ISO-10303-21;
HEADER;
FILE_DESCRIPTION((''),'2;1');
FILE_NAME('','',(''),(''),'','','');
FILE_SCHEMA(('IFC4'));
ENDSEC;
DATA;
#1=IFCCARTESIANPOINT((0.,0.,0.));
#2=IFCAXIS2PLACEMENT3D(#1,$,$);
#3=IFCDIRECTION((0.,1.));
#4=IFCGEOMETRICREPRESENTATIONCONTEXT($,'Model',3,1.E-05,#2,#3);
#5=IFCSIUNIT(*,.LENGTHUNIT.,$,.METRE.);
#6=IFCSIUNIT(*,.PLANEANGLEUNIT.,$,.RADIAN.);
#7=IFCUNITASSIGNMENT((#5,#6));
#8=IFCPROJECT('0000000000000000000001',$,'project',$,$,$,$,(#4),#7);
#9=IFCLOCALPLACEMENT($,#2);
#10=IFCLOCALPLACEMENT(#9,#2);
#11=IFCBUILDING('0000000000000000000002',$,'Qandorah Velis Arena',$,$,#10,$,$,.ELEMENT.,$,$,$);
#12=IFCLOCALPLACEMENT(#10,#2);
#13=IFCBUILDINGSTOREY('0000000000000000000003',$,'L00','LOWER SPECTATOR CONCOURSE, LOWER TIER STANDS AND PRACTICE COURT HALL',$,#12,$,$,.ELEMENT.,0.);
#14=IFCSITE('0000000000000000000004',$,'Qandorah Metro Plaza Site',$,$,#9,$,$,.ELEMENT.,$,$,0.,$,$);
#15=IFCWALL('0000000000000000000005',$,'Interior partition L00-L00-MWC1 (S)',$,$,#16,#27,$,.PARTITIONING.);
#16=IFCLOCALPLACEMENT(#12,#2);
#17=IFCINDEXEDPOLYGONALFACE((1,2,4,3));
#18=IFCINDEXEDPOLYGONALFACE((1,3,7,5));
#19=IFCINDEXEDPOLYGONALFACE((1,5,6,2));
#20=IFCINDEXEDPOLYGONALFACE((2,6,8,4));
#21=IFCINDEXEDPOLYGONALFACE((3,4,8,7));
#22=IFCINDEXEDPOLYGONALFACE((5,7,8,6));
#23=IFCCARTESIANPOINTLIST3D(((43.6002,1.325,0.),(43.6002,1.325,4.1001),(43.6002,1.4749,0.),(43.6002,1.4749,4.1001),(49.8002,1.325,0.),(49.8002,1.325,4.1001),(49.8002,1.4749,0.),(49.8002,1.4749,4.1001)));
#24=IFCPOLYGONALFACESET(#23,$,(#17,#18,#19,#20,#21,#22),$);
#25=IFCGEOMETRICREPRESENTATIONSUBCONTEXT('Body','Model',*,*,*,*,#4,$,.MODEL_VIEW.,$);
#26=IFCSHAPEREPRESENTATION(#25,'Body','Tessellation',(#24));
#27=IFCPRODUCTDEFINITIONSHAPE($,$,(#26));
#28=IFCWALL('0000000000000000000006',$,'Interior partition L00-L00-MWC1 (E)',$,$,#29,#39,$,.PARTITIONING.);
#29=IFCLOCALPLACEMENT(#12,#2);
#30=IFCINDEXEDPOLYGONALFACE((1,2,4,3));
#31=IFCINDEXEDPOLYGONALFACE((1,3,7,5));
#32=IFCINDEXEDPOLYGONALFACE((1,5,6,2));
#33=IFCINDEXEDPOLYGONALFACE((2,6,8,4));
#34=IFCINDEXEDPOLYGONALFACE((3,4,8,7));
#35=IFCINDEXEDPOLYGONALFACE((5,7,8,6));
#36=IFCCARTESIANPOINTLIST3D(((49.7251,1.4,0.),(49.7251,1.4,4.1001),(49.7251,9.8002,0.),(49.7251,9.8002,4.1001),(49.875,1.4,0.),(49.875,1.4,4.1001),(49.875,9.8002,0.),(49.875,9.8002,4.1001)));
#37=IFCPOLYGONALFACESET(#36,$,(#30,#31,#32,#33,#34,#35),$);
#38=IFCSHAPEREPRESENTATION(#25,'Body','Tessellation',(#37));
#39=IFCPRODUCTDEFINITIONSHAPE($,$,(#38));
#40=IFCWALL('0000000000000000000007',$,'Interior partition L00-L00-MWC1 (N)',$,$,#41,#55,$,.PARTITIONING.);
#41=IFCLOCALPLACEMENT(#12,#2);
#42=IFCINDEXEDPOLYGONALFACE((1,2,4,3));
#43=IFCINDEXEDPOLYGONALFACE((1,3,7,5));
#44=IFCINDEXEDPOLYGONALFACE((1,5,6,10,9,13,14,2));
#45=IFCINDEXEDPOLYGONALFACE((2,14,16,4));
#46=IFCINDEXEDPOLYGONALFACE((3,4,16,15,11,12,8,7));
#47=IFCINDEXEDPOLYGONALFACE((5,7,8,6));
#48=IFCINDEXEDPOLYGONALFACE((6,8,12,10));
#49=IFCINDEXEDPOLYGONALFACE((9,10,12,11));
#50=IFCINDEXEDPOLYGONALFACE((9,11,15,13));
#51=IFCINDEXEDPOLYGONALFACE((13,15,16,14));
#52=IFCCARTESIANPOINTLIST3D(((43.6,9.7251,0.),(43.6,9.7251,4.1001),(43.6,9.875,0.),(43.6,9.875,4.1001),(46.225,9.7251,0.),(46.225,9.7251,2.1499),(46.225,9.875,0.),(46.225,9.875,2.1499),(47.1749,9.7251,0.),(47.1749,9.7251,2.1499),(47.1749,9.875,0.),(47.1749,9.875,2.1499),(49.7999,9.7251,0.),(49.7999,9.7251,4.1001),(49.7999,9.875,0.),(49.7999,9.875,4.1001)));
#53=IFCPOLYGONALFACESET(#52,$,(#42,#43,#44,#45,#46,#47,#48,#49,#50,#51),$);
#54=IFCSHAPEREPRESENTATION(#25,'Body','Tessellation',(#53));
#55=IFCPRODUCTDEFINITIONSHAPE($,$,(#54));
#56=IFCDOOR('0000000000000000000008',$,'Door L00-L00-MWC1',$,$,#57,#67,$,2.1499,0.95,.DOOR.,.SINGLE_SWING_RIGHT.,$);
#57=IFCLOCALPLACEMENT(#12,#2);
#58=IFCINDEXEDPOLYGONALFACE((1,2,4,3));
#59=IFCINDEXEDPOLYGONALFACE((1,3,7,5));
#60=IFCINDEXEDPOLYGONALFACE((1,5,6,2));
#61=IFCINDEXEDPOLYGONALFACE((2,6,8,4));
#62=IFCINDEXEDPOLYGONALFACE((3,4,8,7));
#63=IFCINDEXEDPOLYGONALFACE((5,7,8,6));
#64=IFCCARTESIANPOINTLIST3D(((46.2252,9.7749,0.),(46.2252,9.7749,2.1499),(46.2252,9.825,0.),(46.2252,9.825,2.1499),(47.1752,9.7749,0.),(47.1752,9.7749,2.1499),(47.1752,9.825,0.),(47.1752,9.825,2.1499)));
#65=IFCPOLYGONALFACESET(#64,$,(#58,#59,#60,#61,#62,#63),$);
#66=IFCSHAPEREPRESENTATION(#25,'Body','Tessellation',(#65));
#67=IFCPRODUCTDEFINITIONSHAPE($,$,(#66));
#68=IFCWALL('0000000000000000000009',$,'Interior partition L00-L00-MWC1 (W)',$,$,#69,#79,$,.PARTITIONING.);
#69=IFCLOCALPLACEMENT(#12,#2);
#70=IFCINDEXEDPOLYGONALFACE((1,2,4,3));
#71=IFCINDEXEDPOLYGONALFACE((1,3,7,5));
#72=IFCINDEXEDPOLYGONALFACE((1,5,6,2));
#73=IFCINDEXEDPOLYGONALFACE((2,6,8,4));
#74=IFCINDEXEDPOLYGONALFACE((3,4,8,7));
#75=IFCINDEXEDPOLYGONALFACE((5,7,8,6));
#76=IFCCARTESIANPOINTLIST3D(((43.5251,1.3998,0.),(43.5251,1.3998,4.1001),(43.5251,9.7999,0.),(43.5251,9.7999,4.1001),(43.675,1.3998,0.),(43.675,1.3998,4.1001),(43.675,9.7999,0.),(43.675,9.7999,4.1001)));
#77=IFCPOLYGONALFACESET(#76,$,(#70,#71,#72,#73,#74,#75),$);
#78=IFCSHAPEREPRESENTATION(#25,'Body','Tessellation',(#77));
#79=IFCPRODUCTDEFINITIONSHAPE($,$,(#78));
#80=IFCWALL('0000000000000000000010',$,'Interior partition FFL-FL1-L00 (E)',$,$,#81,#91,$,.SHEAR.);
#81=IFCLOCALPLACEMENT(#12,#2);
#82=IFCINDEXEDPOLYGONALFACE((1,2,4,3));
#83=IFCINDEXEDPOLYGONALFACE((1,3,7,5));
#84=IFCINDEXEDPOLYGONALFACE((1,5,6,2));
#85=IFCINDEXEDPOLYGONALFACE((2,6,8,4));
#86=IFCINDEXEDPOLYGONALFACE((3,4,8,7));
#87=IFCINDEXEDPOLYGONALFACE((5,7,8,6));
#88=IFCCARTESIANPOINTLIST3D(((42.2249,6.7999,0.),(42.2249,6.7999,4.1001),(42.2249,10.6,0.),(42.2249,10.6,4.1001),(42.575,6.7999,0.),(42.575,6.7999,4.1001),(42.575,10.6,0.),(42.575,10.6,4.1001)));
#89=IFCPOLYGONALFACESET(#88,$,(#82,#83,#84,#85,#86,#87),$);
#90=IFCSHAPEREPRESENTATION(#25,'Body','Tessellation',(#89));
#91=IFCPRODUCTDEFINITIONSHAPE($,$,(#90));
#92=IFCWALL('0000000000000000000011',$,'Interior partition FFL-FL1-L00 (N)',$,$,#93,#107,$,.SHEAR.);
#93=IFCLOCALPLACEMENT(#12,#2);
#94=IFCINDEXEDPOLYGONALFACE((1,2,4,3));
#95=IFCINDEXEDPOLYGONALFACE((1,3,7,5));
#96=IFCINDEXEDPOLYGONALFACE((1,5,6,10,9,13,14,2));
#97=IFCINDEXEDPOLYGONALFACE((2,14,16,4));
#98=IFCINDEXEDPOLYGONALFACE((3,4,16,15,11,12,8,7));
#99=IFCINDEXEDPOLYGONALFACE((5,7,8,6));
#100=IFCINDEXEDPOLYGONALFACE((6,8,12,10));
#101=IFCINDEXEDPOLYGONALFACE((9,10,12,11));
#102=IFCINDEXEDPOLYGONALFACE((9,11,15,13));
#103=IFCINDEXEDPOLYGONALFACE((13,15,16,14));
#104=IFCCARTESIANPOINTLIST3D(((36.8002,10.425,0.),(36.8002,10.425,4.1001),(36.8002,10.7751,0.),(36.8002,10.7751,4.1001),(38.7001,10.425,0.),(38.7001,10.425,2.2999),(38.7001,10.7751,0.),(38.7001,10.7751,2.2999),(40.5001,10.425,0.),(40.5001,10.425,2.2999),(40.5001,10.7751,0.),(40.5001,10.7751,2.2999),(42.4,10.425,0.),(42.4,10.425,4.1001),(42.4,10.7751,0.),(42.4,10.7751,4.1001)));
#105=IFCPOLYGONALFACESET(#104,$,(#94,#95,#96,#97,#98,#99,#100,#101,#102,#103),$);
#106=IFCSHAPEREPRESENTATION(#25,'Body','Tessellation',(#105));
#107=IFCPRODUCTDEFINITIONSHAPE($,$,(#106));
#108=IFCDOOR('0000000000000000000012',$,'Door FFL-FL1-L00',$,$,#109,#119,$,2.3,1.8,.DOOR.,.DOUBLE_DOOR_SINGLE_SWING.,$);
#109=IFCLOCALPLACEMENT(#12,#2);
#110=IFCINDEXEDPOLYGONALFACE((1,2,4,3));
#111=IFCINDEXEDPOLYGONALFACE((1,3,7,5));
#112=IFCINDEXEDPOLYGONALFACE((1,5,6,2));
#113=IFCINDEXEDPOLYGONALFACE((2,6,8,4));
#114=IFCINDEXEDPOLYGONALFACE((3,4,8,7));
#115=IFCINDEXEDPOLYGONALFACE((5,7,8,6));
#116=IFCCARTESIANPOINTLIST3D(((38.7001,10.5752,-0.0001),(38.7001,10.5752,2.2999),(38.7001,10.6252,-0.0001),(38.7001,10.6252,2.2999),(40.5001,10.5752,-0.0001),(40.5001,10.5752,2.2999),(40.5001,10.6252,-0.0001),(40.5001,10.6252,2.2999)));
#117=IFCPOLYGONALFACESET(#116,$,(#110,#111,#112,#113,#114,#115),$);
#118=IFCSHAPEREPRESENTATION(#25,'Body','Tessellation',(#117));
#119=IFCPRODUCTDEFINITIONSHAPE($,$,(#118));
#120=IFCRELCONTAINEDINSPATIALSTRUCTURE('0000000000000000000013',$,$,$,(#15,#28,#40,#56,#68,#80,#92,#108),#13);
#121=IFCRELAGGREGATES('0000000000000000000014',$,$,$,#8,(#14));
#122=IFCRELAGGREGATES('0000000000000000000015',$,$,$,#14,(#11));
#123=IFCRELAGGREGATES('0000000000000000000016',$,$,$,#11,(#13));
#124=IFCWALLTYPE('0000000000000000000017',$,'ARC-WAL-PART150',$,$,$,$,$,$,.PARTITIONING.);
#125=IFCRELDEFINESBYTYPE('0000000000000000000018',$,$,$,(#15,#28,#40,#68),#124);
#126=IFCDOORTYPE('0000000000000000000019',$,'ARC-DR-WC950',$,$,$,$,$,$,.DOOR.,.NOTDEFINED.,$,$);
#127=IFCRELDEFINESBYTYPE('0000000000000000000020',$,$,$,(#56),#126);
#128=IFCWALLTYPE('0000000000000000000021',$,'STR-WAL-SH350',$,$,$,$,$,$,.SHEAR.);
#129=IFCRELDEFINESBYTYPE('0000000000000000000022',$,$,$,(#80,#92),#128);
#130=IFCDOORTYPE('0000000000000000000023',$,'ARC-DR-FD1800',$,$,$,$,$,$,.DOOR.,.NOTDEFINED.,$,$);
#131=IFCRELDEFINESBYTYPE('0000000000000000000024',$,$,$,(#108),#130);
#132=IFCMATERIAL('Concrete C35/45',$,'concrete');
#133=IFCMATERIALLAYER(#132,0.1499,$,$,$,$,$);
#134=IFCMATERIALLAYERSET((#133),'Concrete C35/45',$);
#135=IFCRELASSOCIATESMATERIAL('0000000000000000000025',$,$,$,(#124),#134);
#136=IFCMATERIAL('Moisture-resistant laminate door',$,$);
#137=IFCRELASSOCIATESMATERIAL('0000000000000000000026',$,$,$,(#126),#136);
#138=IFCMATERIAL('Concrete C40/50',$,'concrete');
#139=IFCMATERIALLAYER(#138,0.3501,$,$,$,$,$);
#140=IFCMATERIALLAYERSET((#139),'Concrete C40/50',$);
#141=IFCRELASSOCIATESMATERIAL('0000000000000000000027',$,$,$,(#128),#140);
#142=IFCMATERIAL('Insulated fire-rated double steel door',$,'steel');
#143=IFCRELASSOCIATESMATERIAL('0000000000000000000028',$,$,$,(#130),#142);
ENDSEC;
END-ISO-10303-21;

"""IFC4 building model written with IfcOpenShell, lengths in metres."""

from ifc_helpers import new_model, si_unit, direction, frame, frame_2d, origin, place, context, subcontext, project, spatial, rectangle, extrude, material, layer, layer_set, type_object, element, fill, save


model = new_model("IFC4")

# Units and contexts
model_context = context("Model", 3, precision=1e-05, world=origin(), true_north=direction((0.0, 1.0)))
body_context = subcontext(model_context, "Body", "Model", "MODEL_VIEW")
ifc_project = project(units=[si_unit("LENGTHUNIT", "METRE"), si_unit("PLANEANGLEUNIT", "RADIAN")], contexts=[model_context])

# Site, building, storey
site_placement = place(None, origin())
site = spatial("IfcSite", under=ifc_project, at=site_placement, Name="Qandorah Metro Plaza Site", CompositionType="ELEMENT", RefElevation=0.0)
building_placement = place(site_placement, origin())
building = spatial("IfcBuilding", under=site, at=building_placement, Name="Qandorah Velis Arena", CompositionType="ELEMENT")
storey_placement = place(building_placement, origin())
storey = spatial("IfcBuildingStorey", under=building, at=storey_placement, Name="L00", Description="LOWER SPECTATOR CONCOURSE, LOWER TIER STANDS AND PRACTICE COURT HALL", CompositionType="ELEMENT", Elevation=0.0)

# Shared definitions
ifc_material_1 = material(Name="Concrete C40/50", Category="concrete")

# Walls
ifc_material_2 = material(Name="Concrete C35/45", Category="concrete")
ifc_layer_1 = layer(ifc_material_2, 0.1499)
ifc_layer_set_1 = layer_set([ifc_layer_1], Name="Concrete C35/45")
wall_type_1 = type_object("IfcWallType", Name="ARC-WAL-PART150", PredefinedType="PARTITIONING", material=ifc_layer_set_1)
wall_1_placement = place(storey_placement, frame((43.6001, 1.3999, 0.0), z_axis=(0.0, 0.0, 1.0), x_axis=(1.0, 0.0, 0.0)))
element("IfcWall", 1, at=wall_1_placement, inside=storey, type_object=wall_type_1, Name="Interior partition L00-L00-MWC1 (S)", PredefinedType="PARTITIONING", context=body_context, shape_type="SweptSolid", body=[
    extrude(rectangle(XDim=6.2, YDim=0.1499, at=frame_2d((3.1001, 0.0))), origin(), (0.0, 0.0, 1.0), 4.1001),
])
wall_2_placement = place(storey_placement, frame((49.8, 1.3999, 0.0), z_axis=(0.0, 0.0, 1.0), x_axis=(0.0, 1.0, 0.0)))
element("IfcWall", 2, at=wall_2_placement, inside=storey, type_object=wall_type_1, Name="Interior partition L00-L00-MWC1 (E)", PredefinedType="PARTITIONING", context=body_context, shape_type="SweptSolid", body=[
    extrude(rectangle(XDim=8.4001, YDim=0.1499, at=frame_2d((4.2002, 0.0))), origin(), (0.0, 0.0, 1.0), 4.1001),
])

# Wall, opening, door
wall_3_placement = place(storey_placement, frame((49.8, 9.8, 0.0), z_axis=(0.0, 0.0, 1.0), x_axis=(-1.0, 0.0, 0.0)))
wall_3 = element("IfcWall", 3, at=wall_3_placement, inside=storey, type_object=wall_type_1, Name="Interior partition L00-L00-MWC1 (N)", PredefinedType="PARTITIONING", context=body_context, shape_type="SweptSolid", body=[
    extrude(rectangle(XDim=6.2, YDim=0.1499, at=frame_2d((3.1001, 0.0))), origin(), (0.0, 0.0, 1.0), 4.1001),
])
opening_1_placement = place(wall_3_placement, frame((2.625, 0.0, 0.0)))
opening_1 = element("IfcOpeningElement", 4, at=opening_1_placement, cuts=wall_3, PredefinedType="OPENING", context=body_context, shape_type="SweptSolid", body=[
    extrude(rectangle(XDim=0.95, YDim=2.1499, at=frame_2d((0.4751, 1.075))), frame((0.0, 0.085, 0.0), z_axis=(0.0, -1.0, 0.0), x_axis=(1.0, 0.0, 0.0)), (0.0, 0.0, 1.0), 0.1699),
])
ifc_material_3 = material(Name="Moisture-resistant laminate door")
door_type_1 = type_object("IfcDoorType", Name="ARC-DR-WC950", OperationType="NOTDEFINED", PredefinedType="DOOR", material=ifc_material_3)
door_1_placement = place(opening_1_placement, frame((0.95, 0.0, 0.0), z_axis=(0.0, 0.0, 1.0), x_axis=(-1.0, 0.0, 0.0)))
door_1 = element("IfcDoor", 5, at=door_1_placement, inside=storey, type_object=door_type_1, Name="Door L00-L00-MWC1", OperationType="SINGLE_SWING_RIGHT", OverallHeight=2.1499, OverallWidth=0.95, PredefinedType="DOOR", context=body_context, shape_type="SweptSolid", body=[
    extrude(rectangle(XDim=0.95, YDim=2.1499, at=frame_2d((0.4751, 1.075))), frame((0.0, 0.0249, 0.0), z_axis=(0.0, -1.0, 0.0), x_axis=(1.0, 0.0, 0.0)), (0.0, 0.0, 1.0), 0.05),
])
fill(opening_1, door_1)

# Walls
wall_4_placement = place(storey_placement, frame((43.6001, 9.8, 0.0), z_axis=(0.0, 0.0, 1.0), x_axis=(0.0, -1.0, 0.0)))
element("IfcWall", 6, at=wall_4_placement, inside=storey, type_object=wall_type_1, Name="Interior partition L00-L00-MWC1 (W)", PredefinedType="PARTITIONING", context=body_context, shape_type="SweptSolid", body=[
    extrude(rectangle(XDim=8.4001, YDim=0.1499, at=frame_2d((4.2002, 0.0))), origin(), (0.0, 0.0, 1.0), 4.1001),
])
ifc_layer_2 = layer(ifc_material_1, 0.3501)
ifc_layer_set_2 = layer_set([ifc_layer_2], Name="Concrete C40/50")
wall_type_2 = type_object("IfcWallType", Name="STR-WAL-SH350", PredefinedType="SHEAR", material=ifc_layer_set_2)
wall_5_placement = place(storey_placement, frame((42.3999, 6.8, 0.0), z_axis=(0.0, 0.0, 1.0), x_axis=(0.0, 1.0, 0.0)))
element("IfcWall", 7, at=wall_5_placement, inside=storey, type_object=wall_type_2, Name="Interior partition FFL-FL1-L00 (E)", PredefinedType="SHEAR", context=body_context, shape_type="SweptSolid", body=[
    extrude(rectangle(XDim=3.8, YDim=0.3501, at=frame_2d((1.8999, 0.0))), origin(), (0.0, 0.0, 1.0), 4.1001),
])

# Wall, opening, door
wall_6_placement = place(storey_placement, frame((42.3999, 10.6001, 0.0), z_axis=(0.0, 0.0, 1.0), x_axis=(-1.0, 0.0, 0.0)))
wall_6 = element("IfcWall", 8, at=wall_6_placement, inside=storey, type_object=wall_type_2, Name="Interior partition FFL-FL1-L00 (N)", PredefinedType="SHEAR", context=body_context, shape_type="SweptSolid", body=[
    extrude(rectangle(XDim=5.5999, YDim=0.3501, at=frame_2d((2.7998, 0.0))), origin(), (0.0, 0.0, 1.0), 4.1001),
])
opening_2_placement = place(wall_6_placement, frame((1.8999, 0.0, 0.0)))
opening_2 = element("IfcOpeningElement", 9, at=opening_2_placement, cuts=wall_6, PredefinedType="OPENING", context=body_context, shape_type="SweptSolid", body=[
    extrude(rectangle(XDim=1.8, YDim=2.3, at=frame_2d((0.8999, 1.1499))), frame((0.0, 0.1851, 0.0), z_axis=(0.0, -1.0, 0.0), x_axis=(1.0, 0.0, 0.0)), (0.0, 0.0, 1.0), 0.3701),
])
ifc_material_4 = material(Name="Insulated fire-rated double steel door", Category="steel")
door_type_2 = type_object("IfcDoorType", Name="ARC-DR-FD1800", OperationType="NOTDEFINED", PredefinedType="DOOR", material=ifc_material_4)
door_2_placement = place(opening_2_placement, origin())
door_2 = element("IfcDoor", 10, at=door_2_placement, inside=storey, type_object=door_type_2, Name="Door FFL-FL1-L00", OperationType="DOUBLE_DOOR_SINGLE_SWING", OverallHeight=2.3, OverallWidth=1.8, PredefinedType="DOOR", context=body_context, shape_type="SweptSolid", body=[
    extrude(rectangle(XDim=1.8, YDim=2.3, at=frame_2d((0.8999, 1.1499))), frame((0.0, 0.0249, 0.0), z_axis=(0.0, -1.0, 0.0), x_axis=(1.0, 0.0, 0.0)), (0.0, 0.0, 1.0), 0.05),
])
fill(opening_2, door_2)

save(model, "model.ifc")
